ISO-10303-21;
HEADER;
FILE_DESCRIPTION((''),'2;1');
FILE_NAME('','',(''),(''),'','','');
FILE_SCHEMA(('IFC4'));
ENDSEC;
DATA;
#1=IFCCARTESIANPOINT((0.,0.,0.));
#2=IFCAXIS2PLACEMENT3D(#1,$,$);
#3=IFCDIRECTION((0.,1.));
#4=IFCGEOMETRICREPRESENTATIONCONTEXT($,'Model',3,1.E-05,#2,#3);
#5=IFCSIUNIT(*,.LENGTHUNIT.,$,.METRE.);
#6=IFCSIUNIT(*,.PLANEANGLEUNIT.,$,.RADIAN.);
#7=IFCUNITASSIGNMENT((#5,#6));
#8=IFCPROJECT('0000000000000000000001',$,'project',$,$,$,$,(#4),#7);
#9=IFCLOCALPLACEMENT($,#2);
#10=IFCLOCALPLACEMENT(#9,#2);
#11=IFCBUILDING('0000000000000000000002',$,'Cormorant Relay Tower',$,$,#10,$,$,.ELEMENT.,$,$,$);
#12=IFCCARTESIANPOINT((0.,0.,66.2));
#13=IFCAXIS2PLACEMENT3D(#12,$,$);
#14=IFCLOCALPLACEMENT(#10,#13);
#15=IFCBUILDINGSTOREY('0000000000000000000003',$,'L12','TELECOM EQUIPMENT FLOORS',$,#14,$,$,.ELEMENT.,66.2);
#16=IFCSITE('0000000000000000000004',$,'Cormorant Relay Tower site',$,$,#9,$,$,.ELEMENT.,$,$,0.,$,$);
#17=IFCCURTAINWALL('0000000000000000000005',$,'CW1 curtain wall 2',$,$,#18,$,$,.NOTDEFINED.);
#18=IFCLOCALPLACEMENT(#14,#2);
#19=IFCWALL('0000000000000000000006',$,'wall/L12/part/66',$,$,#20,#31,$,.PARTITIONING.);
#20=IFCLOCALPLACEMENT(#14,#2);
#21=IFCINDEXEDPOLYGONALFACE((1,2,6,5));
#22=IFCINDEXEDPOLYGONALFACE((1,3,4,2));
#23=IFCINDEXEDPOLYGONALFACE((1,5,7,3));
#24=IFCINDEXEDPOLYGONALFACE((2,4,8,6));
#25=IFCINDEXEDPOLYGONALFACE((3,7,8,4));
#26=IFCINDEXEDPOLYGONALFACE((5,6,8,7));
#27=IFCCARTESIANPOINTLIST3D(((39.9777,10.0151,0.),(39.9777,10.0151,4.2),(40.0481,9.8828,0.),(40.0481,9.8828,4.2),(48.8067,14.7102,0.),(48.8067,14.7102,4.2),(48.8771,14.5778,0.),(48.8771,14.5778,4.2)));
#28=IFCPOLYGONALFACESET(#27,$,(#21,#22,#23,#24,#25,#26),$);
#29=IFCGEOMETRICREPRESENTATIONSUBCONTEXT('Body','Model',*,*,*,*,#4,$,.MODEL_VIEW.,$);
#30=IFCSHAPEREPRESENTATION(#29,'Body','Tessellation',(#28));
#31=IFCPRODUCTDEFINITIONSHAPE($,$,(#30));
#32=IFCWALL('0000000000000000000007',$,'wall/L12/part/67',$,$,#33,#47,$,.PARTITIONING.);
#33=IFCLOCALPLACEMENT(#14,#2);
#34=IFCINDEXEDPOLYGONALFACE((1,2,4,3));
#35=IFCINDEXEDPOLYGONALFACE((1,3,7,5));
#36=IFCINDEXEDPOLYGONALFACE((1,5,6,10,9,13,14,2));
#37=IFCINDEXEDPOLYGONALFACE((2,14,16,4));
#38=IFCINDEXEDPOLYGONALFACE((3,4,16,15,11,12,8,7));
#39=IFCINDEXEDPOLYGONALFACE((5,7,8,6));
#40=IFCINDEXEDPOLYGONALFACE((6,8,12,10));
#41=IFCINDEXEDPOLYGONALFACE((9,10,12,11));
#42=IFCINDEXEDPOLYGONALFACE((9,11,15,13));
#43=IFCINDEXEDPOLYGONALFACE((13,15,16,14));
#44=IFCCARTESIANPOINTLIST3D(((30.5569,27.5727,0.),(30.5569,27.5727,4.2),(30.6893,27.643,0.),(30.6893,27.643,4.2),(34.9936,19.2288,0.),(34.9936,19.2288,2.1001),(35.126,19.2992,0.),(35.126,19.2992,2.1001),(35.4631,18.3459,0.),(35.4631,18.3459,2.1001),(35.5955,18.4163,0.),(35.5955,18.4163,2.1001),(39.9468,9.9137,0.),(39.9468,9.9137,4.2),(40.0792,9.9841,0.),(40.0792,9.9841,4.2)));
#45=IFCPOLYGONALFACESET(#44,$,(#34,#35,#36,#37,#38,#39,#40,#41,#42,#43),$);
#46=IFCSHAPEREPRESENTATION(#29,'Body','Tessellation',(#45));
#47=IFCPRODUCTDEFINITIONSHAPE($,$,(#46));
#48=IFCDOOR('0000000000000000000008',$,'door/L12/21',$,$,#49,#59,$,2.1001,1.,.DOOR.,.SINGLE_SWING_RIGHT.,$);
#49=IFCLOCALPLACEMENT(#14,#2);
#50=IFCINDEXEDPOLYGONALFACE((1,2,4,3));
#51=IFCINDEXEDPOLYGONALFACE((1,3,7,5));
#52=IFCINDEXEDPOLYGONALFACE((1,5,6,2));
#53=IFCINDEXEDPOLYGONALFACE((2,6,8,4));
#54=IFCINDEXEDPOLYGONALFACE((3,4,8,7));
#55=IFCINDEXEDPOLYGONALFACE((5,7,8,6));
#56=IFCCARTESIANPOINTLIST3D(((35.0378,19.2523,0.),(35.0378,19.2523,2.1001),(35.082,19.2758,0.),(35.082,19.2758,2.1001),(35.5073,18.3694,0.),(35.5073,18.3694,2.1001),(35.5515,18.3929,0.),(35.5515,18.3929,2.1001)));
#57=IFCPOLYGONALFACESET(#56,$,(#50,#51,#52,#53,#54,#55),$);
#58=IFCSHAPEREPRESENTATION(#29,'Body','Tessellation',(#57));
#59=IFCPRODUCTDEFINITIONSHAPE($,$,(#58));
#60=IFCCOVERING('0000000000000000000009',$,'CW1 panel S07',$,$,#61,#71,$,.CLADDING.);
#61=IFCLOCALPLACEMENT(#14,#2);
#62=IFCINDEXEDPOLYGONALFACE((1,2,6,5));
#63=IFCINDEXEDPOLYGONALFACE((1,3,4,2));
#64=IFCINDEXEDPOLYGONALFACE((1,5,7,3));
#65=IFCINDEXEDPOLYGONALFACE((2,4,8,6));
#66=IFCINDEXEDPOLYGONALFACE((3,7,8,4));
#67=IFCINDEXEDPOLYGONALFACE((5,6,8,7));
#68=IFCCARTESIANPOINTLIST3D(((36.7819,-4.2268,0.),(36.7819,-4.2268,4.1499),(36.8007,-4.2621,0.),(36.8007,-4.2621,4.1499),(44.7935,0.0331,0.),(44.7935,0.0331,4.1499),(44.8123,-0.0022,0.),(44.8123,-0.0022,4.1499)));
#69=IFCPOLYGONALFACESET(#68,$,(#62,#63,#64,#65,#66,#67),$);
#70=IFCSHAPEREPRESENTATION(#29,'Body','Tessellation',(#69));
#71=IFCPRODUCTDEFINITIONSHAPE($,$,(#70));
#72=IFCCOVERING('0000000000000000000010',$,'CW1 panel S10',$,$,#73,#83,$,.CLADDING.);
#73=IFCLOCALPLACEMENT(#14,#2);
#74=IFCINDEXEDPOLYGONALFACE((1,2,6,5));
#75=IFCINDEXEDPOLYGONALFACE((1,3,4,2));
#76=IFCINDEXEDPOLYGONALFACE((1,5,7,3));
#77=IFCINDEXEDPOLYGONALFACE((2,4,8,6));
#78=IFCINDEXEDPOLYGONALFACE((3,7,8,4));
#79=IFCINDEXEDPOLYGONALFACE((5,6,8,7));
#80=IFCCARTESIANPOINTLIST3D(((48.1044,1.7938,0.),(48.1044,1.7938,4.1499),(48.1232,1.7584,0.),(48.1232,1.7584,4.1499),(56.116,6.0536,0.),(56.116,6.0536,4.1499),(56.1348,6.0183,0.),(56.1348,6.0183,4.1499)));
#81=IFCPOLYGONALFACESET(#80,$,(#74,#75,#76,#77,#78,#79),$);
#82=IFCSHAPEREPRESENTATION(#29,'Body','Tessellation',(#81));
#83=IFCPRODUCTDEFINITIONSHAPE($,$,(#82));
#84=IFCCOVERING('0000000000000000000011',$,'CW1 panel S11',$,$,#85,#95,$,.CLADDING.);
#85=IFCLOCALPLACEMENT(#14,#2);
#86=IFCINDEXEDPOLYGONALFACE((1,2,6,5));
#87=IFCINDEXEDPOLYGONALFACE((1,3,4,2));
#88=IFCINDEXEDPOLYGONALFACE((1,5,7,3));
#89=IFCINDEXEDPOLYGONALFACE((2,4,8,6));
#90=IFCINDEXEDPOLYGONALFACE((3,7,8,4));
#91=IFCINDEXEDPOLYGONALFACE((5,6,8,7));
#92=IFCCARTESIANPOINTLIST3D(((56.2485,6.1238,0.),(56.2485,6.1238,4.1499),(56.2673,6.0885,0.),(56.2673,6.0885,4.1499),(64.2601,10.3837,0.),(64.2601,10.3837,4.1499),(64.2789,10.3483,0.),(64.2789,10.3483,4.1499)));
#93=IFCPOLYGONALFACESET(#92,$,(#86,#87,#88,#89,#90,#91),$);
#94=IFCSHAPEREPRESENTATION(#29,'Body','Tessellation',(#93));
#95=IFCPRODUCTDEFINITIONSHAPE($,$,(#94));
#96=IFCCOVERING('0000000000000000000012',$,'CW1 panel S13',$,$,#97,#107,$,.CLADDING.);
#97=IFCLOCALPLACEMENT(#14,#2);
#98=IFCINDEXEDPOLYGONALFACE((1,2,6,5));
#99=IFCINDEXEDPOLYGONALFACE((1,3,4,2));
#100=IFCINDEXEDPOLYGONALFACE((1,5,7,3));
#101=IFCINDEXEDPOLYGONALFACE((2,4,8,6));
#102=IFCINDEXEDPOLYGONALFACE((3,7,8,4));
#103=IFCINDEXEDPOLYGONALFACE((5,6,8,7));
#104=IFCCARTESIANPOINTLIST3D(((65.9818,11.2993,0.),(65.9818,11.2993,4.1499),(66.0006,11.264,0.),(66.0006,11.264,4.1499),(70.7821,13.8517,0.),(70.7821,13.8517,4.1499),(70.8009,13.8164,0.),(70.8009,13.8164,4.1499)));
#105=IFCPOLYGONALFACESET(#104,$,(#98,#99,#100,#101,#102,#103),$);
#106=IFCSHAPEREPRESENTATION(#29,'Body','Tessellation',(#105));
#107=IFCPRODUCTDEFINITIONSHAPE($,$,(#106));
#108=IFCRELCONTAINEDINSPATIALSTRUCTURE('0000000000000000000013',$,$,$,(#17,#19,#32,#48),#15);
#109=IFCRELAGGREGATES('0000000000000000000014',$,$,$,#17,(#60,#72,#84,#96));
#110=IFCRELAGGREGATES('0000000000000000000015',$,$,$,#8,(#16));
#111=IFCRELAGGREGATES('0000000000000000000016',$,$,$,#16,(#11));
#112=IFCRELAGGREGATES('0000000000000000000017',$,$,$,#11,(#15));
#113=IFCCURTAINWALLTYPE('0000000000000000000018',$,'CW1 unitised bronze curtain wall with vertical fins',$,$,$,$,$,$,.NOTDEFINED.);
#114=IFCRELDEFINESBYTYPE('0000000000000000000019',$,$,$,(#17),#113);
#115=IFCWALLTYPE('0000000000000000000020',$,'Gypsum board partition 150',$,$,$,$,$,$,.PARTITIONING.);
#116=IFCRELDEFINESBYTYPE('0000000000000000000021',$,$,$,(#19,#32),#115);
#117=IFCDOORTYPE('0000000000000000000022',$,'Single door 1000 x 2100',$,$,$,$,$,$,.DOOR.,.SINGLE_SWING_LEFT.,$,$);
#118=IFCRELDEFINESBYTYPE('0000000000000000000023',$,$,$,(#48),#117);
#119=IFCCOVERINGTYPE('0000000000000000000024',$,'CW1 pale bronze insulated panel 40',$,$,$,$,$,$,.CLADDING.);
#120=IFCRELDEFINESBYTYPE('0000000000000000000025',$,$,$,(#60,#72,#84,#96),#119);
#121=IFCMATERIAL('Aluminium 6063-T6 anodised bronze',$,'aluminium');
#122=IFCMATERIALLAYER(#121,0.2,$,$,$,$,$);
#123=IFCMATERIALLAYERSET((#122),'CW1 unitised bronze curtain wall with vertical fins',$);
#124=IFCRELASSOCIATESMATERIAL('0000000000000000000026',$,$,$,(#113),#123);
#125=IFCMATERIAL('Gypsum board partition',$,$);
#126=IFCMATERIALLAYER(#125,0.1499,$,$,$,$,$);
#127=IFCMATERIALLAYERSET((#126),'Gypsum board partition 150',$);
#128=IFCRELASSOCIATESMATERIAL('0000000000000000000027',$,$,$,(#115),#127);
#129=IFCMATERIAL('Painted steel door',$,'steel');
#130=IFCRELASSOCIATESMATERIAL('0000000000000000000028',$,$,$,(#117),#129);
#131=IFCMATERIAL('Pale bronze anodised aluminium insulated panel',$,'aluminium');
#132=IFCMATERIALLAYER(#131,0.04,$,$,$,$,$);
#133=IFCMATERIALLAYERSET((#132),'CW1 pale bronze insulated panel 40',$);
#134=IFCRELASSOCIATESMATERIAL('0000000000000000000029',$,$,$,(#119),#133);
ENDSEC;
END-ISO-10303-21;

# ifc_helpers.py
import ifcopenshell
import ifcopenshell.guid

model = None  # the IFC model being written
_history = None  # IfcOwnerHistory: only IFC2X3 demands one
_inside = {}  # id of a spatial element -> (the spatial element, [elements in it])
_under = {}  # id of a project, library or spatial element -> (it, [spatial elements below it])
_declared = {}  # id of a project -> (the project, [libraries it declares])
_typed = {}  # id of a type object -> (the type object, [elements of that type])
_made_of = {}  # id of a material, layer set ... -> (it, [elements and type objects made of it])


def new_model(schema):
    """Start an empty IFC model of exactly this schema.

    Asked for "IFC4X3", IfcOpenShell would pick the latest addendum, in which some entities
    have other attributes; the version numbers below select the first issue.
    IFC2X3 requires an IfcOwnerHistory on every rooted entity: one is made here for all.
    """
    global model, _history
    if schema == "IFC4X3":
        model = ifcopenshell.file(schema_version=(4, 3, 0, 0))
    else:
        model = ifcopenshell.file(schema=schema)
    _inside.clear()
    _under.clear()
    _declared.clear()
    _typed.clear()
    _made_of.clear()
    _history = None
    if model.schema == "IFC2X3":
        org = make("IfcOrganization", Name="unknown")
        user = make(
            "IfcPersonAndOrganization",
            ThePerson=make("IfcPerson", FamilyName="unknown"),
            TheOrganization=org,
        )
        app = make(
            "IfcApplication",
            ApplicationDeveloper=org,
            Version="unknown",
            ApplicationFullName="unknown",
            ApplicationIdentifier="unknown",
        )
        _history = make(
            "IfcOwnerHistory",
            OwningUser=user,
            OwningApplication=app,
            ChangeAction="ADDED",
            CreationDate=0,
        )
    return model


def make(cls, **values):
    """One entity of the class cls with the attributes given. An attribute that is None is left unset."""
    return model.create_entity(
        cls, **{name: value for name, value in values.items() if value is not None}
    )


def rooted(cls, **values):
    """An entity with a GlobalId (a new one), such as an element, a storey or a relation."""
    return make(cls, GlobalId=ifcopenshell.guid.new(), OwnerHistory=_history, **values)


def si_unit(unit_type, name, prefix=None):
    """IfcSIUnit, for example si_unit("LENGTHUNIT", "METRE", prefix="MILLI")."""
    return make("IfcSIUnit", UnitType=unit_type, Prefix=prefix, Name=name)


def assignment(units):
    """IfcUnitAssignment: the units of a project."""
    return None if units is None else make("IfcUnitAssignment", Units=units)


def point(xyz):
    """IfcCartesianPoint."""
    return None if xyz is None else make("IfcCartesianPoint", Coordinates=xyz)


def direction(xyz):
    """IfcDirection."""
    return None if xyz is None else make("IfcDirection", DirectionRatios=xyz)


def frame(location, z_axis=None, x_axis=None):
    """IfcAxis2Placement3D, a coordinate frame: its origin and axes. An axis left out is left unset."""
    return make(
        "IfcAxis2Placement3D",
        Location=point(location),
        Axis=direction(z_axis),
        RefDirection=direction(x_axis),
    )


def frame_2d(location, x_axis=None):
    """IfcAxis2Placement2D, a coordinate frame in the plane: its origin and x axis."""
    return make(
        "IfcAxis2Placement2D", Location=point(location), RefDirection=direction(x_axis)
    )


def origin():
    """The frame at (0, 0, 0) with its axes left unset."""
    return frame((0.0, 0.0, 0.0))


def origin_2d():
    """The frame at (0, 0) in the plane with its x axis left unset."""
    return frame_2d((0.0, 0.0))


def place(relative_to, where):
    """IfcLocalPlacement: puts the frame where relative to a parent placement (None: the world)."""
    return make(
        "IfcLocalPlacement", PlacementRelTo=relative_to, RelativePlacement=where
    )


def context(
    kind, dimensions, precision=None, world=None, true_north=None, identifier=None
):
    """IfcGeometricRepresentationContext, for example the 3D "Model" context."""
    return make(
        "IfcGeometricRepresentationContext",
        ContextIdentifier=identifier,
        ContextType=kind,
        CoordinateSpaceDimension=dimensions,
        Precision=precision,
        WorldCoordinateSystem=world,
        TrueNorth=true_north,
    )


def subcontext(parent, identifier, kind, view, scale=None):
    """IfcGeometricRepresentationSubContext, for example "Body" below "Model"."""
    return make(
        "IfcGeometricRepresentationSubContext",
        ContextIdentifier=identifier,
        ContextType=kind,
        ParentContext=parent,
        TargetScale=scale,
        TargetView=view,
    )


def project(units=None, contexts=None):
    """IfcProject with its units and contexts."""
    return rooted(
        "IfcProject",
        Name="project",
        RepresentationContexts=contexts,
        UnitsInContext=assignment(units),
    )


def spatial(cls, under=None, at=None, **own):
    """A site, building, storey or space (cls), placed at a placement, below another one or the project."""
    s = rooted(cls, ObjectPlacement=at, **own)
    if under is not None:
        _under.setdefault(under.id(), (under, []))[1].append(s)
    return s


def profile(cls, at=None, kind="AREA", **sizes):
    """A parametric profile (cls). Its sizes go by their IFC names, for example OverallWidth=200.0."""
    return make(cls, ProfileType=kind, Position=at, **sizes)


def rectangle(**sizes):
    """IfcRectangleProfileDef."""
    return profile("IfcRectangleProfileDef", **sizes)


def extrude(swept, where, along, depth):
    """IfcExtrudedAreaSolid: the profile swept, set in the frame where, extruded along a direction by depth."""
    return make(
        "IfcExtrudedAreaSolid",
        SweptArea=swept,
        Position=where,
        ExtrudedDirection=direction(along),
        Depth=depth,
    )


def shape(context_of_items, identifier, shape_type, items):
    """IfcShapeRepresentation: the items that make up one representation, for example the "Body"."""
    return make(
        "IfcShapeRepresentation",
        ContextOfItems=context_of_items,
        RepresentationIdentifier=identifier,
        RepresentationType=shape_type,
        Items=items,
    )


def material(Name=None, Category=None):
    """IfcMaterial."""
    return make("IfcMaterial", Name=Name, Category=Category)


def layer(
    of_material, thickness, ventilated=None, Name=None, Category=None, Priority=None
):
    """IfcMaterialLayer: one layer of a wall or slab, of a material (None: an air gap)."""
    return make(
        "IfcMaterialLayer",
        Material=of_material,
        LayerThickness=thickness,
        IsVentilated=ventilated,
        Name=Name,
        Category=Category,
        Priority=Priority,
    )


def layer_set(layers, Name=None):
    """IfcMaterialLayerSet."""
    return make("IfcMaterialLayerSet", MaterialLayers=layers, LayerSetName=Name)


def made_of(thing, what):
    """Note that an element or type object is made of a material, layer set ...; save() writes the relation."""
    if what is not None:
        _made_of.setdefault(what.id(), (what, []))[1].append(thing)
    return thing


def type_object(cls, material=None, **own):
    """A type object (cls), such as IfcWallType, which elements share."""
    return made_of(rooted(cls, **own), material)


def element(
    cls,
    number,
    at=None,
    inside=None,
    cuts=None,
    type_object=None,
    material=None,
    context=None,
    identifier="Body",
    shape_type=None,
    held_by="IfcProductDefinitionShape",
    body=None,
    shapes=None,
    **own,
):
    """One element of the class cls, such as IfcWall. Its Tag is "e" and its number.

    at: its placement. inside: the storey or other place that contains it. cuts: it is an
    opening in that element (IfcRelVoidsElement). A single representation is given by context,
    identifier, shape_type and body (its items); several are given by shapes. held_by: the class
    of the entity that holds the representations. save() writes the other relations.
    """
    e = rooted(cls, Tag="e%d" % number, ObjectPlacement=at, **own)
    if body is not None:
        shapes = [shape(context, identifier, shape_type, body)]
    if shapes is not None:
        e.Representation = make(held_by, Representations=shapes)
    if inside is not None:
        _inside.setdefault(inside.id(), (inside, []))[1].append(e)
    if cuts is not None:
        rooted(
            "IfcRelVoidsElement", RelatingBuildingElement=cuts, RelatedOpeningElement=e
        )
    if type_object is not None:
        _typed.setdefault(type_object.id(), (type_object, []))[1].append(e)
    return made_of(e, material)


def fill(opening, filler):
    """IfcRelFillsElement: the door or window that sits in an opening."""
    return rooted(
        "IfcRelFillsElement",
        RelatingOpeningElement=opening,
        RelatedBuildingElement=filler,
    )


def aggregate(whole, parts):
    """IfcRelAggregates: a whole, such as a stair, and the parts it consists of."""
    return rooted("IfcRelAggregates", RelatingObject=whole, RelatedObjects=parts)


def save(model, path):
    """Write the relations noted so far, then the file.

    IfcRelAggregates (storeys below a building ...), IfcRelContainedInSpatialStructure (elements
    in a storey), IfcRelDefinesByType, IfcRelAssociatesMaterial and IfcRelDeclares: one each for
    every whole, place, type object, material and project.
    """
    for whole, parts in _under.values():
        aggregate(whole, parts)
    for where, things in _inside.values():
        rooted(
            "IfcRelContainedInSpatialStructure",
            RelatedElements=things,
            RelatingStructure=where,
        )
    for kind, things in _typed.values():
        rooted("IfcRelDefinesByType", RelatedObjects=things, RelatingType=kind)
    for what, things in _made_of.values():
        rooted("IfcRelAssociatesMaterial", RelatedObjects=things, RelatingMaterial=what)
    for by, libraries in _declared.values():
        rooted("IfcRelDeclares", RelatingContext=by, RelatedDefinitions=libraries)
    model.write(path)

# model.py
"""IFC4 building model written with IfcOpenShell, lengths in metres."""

from ifc_helpers import new_model, si_unit, direction, frame, frame_2d, origin, origin_2d, place, context, subcontext, project, spatial, rectangle, extrude, material, layer, layer_set, type_object, element, fill, aggregate, save


model = new_model("IFC4")

# Units and contexts
model_context = context("Model", 3, precision=1e-05, world=origin(), true_north=direction((0.0, 1.0)))
body_context = subcontext(model_context, "Body", "Model", "MODEL_VIEW")
ifc_project = project(units=[si_unit("LENGTHUNIT", "METRE"), si_unit("PLANEANGLEUNIT", "RADIAN")], contexts=[model_context])

# Site, building, storey
site_placement = place(None, origin())
site = spatial("IfcSite", under=ifc_project, at=site_placement, Name="Cormorant Relay Tower site", CompositionType="ELEMENT", RefElevation=0.0)
building_placement = place(site_placement, origin())
building = spatial("IfcBuilding", under=site, at=building_placement, Name="Cormorant Relay Tower", CompositionType="ELEMENT")
storey_placement = place(building_placement, frame((0.0, 0.0, 66.2)))
storey = spatial("IfcBuildingStorey", under=building, at=storey_placement, Name="L12", Description="TELECOM EQUIPMENT FLOORS", CompositionType="ELEMENT", Elevation=66.2)

# Curtain wall
ifc_material_1 = material(Name="Aluminium 6063-T6 anodised bronze", Category="aluminium")
ifc_layer_1 = layer(ifc_material_1, 0.2)
ifc_layer_set_1 = layer_set([ifc_layer_1], Name="CW1 unitised bronze curtain wall with vertical fins")
curtain_wall_type = type_object("IfcCurtainWallType", Name="CW1 unitised bronze curtain wall with vertical fins", PredefinedType="NOTDEFINED", material=ifc_layer_set_1)
curtain_wall_1_placement = place(storey_placement, origin())
curtain_wall_1 = element("IfcCurtainWall", 1, at=curtain_wall_1_placement, inside=storey, type_object=curtain_wall_type, Name="CW1 curtain wall 2", PredefinedType="NOTDEFINED")

# Wall
ifc_material_2 = material(Name="Gypsum board partition")
ifc_layer_2 = layer(ifc_material_2, 0.1499)
ifc_layer_set_2 = layer_set([ifc_layer_2], Name="Gypsum board partition 150")
wall_type_1 = type_object("IfcWallType", Name="Gypsum board partition 150", PredefinedType="PARTITIONING", material=ifc_layer_set_2)
wall_1_placement = place(storey_placement, frame((48.842, 14.644, 0.0), z_axis=(0.0, 0.0, 1.0), x_axis=(-0.882925, -0.469515, 0.0)))
element("IfcWall", 2, at=wall_1_placement, inside=storey, type_object=wall_type_1, Name="wall/L12/part/66", PredefinedType="PARTITIONING", context=body_context, shape_type="SweptSolid", body=[
    extrude(rectangle(XDim=9.9998, YDim=0.1499, at=frame_2d((5.0, 0.0))), origin(), (0.0, 0.0, 1.0), 4.2),
])

# Wall, opening, door
wall_2_placement = place(storey_placement, frame((40.0129, 9.949, 0.0), z_axis=(0.0, 0.0, 1.0), x_axis=(-0.46949, 0.882938, 0.0)))
wall_2 = element("IfcWall", 3, at=wall_2_placement, inside=storey, type_object=wall_type_1, Name="wall/L12/part/67", PredefinedType="PARTITIONING", context=body_context, shape_type="SweptSolid", body=[
    extrude(rectangle(XDim=20.0002, YDim=0.1499, at=frame_2d((10.0, 0.0))), origin(), (0.0, 0.0, 1.0), 4.2),
])
opening_1_placement = place(wall_2_placement, frame((9.55, 0.0, 0.0)))
opening_1 = element("IfcOpeningElement", 4, at=opening_1_placement, cuts=wall_2, PredefinedType="OPENING", context=body_context, shape_type="SweptSolid", body=[
    extrude(rectangle(XDim=1.0, YDim=2.1001, at=frame_2d((0.5, 1.05))), frame((0.0, 0.085, 0.0), z_axis=(0.0, -1.0, 0.0), x_axis=(1.0, 0.0, 0.0)), (0.0, 0.0, 1.0), 0.1699),
])
ifc_material_3 = material(Name="Painted steel door", Category="steel")
door_type_1 = type_object("IfcDoorType", Name="Single door 1000 x 2100", OperationType="SINGLE_SWING_LEFT", PredefinedType="DOOR", material=ifc_material_3)
door_1_placement = place(opening_1_placement, origin())
door_1 = element("IfcDoor", 5, at=door_1_placement, inside=storey, type_object=door_type_1, Name="door/L12/21", OperationType="SINGLE_SWING_RIGHT", OverallHeight=2.1001, OverallWidth=1.0, PredefinedType="DOOR", context=body_context, shape_type="SweptSolid", body=[
    extrude(rectangle(XDim=1.0, YDim=2.1001, at=frame_2d((0.5, 1.05))), frame((0.0, 0.0249, 0.0), z_axis=(0.0, -1.0, 0.0), x_axis=(1.0, 0.0, 0.0)), (0.0, 0.0, 1.0), 0.05),
])
fill(opening_1, door_1)

# Coverings
ifc_material_4 = material(Name="Pale bronze anodised aluminium insulated panel", Category="aluminium")
ifc_layer_3 = layer(ifc_material_4, 0.04)
ifc_layer_set_3 = layer_set([ifc_layer_3], Name="CW1 pale bronze insulated panel 40")
covering_type = type_object("IfcCoveringType", Name="CW1 pale bronze insulated panel 40", PredefinedType="CLADDING", material=ifc_layer_set_3)
covering_1_placement = place(storey_placement, frame((40.7971, -2.1145, 0.0), z_axis=(0.0, 0.0, 1.0), x_axis=(0.882948, 0.469472, 0.0)))
covering_1 = element("IfcCovering", 6, at=covering_1_placement, type_object=covering_type, Name="CW1 panel S07", PredefinedType="CLADDING", context=body_context, shape_type="SweptSolid", body=[
    extrude(rectangle(XDim=9.0737, YDim=0.04, at=origin_2d()), origin(), (0.0, 0.0, 1.0), 4.1499),
])
covering_2_placement = place(storey_placement, frame((52.1196, 3.906, 0.0), z_axis=(0.0, 0.0, 1.0), x_axis=(0.882948, 0.469472, 0.0)))
covering_2 = element("IfcCovering", 7, at=covering_2_placement, type_object=covering_type, Name="CW1 panel S10", PredefinedType="CLADDING", context=body_context, shape_type="SweptSolid", body=[
    extrude(rectangle(XDim=9.0737, YDim=0.04, at=origin_2d()), origin(), (0.0, 0.0, 1.0), 4.1499),
])
covering_3_placement = place(storey_placement, frame((60.2637, 8.2361, 0.0), z_axis=(0.0, 0.0, 1.0), x_axis=(0.882948, 0.469472, 0.0)))
covering_3 = element("IfcCovering", 8, at=covering_3_placement, type_object=covering_type, Name="CW1 panel S11", PredefinedType="CLADDING", context=body_context, shape_type="SweptSolid", body=[
    extrude(rectangle(XDim=9.0737, YDim=0.04, at=origin_2d()), origin(), (0.0, 0.0, 1.0), 4.1499),
])
covering_4_placement = place(storey_placement, frame((68.3914, 12.5579, 0.0), z_axis=(0.0, 0.0, 1.0), x_axis=(0.882948, 0.469472, 0.0)))
covering_4 = element("IfcCovering", 9, at=covering_4_placement, type_object=covering_type, Name="CW1 panel S13", PredefinedType="CLADDING", context=body_context, shape_type="SweptSolid", body=[
    extrude(rectangle(XDim=5.4368, YDim=0.04, at=origin_2d()), origin(), (0.0, 0.0, 1.0), 4.1499),
])
aggregate(curtain_wall_1, [covering_1, covering_2, covering_3, covering_4])

save(model, "model.ifc")
